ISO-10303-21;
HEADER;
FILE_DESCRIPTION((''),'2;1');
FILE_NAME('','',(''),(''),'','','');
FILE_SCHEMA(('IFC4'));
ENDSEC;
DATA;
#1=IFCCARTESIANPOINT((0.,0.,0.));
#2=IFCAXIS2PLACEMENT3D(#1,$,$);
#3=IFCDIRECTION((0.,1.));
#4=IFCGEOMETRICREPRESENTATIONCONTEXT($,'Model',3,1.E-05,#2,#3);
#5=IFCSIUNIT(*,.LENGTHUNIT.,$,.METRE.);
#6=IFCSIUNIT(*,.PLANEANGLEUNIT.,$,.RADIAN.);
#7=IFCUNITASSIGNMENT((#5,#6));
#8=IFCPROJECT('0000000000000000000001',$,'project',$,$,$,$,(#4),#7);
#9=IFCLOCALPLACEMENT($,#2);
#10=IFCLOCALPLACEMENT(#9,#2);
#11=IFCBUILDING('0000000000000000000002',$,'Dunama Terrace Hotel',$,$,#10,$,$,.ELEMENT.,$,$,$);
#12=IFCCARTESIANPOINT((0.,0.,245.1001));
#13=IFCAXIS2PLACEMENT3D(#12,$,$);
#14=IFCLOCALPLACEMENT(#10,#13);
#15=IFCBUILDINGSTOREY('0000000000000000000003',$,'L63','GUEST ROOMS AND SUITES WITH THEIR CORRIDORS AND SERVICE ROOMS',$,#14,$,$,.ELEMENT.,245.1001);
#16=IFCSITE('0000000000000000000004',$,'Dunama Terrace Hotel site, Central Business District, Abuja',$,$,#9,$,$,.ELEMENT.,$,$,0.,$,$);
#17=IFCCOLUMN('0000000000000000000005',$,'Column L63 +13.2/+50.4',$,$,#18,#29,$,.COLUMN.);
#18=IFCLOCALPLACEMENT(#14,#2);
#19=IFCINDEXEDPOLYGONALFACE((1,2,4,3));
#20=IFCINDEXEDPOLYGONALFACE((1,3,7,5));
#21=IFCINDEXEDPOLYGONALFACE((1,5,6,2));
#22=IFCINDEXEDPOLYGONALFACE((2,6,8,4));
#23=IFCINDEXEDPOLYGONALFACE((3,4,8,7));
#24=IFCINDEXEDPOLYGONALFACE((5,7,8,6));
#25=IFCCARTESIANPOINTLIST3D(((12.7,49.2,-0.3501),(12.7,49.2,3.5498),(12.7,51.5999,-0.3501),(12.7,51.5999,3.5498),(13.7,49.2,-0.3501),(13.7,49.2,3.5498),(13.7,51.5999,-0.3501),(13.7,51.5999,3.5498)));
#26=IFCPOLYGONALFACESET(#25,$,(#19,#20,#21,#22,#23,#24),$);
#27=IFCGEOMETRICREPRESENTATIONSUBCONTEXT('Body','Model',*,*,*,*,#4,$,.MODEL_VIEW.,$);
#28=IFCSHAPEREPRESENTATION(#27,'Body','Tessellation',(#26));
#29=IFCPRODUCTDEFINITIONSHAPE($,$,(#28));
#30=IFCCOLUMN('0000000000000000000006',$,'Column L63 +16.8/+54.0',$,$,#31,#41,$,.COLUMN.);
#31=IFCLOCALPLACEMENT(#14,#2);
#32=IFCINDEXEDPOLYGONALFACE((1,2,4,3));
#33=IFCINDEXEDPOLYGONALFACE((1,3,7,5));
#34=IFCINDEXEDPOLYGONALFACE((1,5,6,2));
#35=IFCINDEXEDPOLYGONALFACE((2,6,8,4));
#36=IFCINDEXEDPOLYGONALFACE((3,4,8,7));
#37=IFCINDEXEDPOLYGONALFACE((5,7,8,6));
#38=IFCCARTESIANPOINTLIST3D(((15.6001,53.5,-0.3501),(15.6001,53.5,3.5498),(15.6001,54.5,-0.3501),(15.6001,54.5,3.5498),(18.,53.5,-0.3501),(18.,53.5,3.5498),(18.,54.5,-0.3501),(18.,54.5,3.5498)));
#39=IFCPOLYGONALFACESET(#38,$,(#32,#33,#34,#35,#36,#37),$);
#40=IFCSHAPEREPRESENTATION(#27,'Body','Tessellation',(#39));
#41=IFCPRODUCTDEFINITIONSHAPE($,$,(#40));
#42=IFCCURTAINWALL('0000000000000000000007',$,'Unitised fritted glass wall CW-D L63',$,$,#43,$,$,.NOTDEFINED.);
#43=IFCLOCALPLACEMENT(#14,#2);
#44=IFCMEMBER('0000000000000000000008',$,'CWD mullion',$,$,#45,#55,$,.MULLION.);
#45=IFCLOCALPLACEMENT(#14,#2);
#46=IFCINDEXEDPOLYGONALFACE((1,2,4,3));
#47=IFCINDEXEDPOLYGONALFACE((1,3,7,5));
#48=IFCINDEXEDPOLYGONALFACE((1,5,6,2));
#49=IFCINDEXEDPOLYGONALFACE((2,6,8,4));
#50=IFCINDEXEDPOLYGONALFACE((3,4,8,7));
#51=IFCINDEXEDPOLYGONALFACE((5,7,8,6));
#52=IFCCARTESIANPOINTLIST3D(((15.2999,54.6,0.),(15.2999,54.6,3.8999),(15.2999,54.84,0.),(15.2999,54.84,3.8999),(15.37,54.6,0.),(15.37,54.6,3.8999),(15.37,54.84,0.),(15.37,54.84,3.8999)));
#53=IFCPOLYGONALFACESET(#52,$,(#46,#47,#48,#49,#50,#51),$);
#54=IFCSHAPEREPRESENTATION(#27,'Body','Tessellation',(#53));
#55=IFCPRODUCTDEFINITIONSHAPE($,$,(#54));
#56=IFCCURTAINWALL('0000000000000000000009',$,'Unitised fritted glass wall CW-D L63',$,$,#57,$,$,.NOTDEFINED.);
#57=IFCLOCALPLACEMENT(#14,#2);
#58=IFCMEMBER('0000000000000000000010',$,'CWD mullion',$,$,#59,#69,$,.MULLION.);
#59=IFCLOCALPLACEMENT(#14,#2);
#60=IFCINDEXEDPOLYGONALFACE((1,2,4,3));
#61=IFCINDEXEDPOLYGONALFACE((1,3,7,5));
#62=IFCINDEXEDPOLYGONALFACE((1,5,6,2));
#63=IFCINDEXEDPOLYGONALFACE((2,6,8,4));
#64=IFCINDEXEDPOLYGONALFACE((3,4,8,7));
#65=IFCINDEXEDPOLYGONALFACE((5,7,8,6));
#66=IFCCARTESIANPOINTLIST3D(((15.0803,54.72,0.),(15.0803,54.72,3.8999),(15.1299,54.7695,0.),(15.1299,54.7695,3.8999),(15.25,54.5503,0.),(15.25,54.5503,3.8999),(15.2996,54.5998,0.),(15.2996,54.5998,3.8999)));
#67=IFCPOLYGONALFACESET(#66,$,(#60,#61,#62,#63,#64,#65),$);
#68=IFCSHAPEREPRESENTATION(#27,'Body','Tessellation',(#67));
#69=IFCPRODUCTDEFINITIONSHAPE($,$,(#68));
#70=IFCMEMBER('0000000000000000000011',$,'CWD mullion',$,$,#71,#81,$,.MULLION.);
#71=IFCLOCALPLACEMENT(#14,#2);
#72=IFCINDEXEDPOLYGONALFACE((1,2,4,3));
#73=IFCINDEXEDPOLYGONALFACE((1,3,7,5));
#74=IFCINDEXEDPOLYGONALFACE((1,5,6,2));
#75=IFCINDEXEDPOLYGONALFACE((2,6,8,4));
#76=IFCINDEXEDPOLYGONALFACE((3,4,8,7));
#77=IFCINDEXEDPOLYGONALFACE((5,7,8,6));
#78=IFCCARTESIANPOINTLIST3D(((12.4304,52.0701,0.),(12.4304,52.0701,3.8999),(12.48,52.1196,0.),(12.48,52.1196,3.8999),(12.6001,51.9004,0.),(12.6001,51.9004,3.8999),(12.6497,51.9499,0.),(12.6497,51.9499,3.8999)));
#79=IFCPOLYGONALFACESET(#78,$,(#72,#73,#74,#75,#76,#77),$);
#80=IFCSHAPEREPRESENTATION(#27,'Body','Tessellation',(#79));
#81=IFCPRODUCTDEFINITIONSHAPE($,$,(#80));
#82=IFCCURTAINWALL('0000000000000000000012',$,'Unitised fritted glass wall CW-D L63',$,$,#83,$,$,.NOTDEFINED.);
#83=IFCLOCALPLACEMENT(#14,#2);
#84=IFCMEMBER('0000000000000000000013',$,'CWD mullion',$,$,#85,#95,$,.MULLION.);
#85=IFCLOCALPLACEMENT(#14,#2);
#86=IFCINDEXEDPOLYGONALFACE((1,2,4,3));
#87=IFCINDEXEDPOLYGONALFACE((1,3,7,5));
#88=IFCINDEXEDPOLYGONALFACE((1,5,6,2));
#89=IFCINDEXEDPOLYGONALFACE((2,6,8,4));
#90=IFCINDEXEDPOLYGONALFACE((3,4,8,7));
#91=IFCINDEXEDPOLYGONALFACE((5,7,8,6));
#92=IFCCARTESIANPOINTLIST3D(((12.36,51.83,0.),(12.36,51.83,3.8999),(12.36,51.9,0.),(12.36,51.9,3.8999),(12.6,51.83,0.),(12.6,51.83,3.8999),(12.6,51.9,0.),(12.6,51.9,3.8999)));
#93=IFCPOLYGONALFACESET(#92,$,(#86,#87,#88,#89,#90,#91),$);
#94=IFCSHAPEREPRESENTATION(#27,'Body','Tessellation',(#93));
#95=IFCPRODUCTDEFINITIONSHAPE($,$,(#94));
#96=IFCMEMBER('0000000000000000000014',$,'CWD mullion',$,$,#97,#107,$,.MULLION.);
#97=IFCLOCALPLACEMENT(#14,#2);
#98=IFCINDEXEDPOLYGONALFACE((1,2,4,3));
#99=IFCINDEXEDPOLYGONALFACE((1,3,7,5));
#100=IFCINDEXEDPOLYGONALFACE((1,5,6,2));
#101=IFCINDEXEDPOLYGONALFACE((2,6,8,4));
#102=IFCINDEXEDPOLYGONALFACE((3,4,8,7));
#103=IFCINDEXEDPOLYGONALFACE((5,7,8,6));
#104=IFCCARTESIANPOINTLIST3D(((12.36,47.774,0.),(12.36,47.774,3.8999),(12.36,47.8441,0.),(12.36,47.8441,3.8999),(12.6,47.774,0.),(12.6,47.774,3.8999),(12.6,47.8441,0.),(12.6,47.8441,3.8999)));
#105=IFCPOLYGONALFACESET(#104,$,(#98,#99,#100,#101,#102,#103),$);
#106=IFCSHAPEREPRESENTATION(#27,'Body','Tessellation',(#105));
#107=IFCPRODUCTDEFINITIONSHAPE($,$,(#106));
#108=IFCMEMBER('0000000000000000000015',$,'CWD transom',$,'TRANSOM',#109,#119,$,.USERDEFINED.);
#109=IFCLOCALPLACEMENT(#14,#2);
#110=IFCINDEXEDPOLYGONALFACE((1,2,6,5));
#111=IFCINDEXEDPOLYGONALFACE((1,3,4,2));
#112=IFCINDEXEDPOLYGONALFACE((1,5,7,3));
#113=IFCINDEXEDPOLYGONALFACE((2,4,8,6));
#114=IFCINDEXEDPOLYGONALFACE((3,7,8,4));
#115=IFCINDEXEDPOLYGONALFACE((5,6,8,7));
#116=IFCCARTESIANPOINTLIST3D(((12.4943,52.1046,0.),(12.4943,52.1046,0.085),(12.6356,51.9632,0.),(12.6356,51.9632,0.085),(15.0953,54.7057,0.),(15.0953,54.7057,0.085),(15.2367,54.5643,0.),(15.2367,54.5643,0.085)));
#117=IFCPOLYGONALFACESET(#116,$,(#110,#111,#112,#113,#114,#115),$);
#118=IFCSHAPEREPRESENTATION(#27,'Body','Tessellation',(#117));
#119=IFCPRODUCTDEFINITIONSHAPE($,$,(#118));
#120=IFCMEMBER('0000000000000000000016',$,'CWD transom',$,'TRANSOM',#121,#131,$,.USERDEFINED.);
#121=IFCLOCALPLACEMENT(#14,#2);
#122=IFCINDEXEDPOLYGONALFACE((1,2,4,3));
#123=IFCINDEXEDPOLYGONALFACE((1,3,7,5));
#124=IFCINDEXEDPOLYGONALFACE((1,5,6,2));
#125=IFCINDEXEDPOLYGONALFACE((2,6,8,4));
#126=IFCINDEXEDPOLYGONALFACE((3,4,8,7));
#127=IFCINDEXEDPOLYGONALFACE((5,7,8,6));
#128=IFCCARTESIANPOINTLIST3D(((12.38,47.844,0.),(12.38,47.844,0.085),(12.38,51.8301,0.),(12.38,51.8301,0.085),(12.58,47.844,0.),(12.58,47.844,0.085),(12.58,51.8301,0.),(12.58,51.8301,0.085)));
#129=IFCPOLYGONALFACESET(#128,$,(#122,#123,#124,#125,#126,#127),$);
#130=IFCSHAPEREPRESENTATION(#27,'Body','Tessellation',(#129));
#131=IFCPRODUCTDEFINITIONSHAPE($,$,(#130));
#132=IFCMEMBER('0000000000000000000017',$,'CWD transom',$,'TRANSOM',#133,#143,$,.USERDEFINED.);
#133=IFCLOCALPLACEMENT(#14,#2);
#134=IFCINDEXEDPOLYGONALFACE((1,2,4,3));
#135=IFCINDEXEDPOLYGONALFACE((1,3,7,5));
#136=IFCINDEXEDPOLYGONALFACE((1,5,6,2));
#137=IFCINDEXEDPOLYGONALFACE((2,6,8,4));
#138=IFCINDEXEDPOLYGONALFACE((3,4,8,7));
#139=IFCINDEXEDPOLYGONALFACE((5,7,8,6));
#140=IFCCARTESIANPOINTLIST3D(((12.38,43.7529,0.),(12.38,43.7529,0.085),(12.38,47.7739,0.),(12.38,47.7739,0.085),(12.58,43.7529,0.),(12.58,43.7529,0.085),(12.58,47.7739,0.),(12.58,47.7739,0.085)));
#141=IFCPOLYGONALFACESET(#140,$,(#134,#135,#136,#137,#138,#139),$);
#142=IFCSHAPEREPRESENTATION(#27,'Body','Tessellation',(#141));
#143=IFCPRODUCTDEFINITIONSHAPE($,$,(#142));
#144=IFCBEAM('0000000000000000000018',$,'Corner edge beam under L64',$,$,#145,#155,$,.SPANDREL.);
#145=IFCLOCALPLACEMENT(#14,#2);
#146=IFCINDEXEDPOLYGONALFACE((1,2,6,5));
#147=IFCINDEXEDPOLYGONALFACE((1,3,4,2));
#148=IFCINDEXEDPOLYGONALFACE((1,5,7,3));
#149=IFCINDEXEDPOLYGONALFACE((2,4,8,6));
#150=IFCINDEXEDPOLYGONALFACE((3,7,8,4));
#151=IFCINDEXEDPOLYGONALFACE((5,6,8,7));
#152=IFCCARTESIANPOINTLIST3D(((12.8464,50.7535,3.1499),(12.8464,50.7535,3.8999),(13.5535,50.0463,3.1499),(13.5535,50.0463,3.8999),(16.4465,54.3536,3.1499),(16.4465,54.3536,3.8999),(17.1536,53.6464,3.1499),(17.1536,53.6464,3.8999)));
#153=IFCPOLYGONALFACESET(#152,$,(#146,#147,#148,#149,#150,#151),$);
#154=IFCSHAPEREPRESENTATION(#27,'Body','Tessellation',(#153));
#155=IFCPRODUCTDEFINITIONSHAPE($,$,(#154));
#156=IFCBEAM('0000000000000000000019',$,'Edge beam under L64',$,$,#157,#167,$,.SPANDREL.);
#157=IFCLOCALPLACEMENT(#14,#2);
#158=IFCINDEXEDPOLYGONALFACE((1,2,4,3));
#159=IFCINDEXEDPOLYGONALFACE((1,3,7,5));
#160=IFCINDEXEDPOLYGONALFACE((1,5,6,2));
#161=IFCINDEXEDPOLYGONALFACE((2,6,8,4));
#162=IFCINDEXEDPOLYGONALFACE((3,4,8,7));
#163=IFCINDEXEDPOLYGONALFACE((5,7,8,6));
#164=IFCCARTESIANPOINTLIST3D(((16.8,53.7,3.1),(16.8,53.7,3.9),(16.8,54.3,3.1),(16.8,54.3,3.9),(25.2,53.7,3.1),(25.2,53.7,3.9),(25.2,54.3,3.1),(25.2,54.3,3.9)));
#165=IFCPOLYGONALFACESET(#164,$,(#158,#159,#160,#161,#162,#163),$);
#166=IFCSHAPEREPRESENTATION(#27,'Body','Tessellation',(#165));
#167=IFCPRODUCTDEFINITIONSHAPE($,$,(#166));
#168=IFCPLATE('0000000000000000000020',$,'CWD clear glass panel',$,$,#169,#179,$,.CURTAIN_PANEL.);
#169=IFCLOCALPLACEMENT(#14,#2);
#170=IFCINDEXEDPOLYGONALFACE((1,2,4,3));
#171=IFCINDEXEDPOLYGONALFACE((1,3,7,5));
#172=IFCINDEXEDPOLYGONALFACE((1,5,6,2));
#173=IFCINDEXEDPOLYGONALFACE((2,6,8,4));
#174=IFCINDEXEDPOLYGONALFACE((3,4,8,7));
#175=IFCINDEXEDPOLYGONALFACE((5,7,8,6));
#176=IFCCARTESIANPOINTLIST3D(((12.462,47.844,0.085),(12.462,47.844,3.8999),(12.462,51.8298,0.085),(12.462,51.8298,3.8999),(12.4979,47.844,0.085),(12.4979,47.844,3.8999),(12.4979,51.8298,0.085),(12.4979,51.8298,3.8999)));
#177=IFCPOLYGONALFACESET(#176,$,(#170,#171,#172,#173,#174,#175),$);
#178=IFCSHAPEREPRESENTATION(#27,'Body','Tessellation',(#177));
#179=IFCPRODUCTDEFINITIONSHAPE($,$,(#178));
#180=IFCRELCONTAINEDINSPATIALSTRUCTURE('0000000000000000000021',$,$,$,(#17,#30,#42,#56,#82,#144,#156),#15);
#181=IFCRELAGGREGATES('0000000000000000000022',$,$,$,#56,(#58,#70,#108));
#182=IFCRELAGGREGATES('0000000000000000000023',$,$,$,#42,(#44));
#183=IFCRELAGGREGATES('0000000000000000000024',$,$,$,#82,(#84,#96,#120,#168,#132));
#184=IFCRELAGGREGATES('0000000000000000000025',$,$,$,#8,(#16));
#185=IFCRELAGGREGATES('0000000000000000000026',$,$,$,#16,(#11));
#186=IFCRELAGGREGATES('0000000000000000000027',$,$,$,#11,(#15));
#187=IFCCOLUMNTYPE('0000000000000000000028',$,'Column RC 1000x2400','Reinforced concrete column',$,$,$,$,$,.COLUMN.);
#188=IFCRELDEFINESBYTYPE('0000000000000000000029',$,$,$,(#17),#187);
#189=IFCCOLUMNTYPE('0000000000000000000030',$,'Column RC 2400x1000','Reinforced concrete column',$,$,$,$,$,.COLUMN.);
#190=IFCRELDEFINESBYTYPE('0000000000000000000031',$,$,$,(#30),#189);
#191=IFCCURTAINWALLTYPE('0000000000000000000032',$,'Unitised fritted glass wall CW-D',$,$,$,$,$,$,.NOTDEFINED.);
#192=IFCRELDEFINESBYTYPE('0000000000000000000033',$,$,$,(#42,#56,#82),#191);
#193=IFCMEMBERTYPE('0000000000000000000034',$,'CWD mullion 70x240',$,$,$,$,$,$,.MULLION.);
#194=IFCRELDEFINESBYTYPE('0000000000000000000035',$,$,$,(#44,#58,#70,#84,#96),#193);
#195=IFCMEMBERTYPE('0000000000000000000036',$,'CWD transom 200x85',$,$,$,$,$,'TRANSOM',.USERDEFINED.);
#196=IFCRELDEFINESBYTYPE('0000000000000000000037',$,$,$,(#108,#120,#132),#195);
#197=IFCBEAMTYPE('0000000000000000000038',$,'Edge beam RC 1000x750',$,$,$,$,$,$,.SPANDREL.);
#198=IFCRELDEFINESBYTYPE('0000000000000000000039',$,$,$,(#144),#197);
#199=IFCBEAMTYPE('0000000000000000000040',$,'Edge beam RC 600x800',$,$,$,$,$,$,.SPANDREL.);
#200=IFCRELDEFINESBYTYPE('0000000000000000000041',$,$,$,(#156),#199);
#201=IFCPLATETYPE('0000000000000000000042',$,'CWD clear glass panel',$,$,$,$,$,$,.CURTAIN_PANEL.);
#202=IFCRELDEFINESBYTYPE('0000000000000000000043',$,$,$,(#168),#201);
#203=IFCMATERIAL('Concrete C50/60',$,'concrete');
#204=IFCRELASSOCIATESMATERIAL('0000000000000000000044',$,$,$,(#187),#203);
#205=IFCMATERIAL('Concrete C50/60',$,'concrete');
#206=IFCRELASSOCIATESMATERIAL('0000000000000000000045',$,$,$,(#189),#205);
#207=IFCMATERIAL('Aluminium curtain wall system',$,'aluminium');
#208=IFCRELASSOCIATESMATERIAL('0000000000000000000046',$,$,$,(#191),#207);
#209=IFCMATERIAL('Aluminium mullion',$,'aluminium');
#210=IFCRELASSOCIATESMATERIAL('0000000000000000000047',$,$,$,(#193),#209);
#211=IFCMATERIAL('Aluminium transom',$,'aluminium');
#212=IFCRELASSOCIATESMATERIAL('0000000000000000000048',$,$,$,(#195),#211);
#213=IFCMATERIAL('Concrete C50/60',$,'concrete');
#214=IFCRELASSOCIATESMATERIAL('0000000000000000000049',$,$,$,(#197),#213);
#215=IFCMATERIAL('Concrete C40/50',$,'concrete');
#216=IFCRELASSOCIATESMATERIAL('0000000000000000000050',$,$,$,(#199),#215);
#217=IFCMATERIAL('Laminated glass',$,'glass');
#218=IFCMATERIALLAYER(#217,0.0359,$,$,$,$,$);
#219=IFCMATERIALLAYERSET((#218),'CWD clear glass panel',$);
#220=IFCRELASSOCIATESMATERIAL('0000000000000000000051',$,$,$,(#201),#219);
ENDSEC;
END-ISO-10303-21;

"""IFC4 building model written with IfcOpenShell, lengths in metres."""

from ifc_helpers import new_model, si_unit, direction, frame, origin, origin_2d, place, context, subcontext, project, spatial, rectangle, extrude, material, layer, layer_set, material_profile, profile_set, type_object, element, aggregate, save


model = new_model("IFC4")

# Units and contexts
model_context = context("Model", 3, precision=1e-05, world=origin(), true_north=direction((0.0, 1.0)))
body_context = subcontext(model_context, "Body", "Model", "MODEL_VIEW")
ifc_project = project(units=[si_unit("LENGTHUNIT", "METRE"), si_unit("PLANEANGLEUNIT", "RADIAN")], contexts=[model_context])

# Site, building, storey
site_placement = place(None, origin())
site = spatial("IfcSite", under=ifc_project, at=site_placement, Name="Dunama Terrace Hotel site, Central Business District, Abuja", CompositionType="ELEMENT", RefElevation=0.0)
building_placement = place(site_placement, origin())
building = spatial("IfcBuilding", under=site, at=building_placement, Name="Dunama Terrace Hotel", CompositionType="ELEMENT")
storey_placement = place(building_placement, frame((0.0, 0.0, 245.1001)))
storey = spatial("IfcBuildingStorey", under=building, at=storey_placement, Name="L63", Description="GUEST ROOMS AND SUITES WITH THEIR CORRIDORS AND SERVICE ROOMS", CompositionType="ELEMENT", Elevation=245.1001)

# Columns
ifc_material_1 = material(Name="Concrete C50/60", Category="concrete")
ifc_material_profile_1 = material_profile(ifc_material_1, rectangle(XDim=1.0, YDim=2.3999, at=origin_2d()), Name="RC 1000x2400")
ifc_profile_set_1 = profile_set([ifc_material_profile_1], Name="Concrete C50/60")
column_type_1 = type_object("IfcColumnType", Name="Column RC 1000x2400", Description="Reinforced concrete column", PredefinedType="COLUMN", material=ifc_profile_set_1)
column_1_placement = place(storey_placement, frame((13.2, 50.3999, -0.3501), z_axis=(0.0, 0.0, 1.0), x_axis=(1.0, 0.0, 0.0)))
element("IfcColumn", 1, at=column_1_placement, inside=storey, type_object=column_type_1, Name="Column L63 +13.2/+50.4", PredefinedType="COLUMN", context=body_context, shape_type="SweptSolid", body=[
    extrude(rectangle(XDim=1.0, YDim=2.3999, at=origin_2d()), origin(), (0.0, 0.0, 1.0), 3.8999),
])
ifc_material_2 = material(Name="Concrete C50/60", Category="concrete")
ifc_material_profile_2 = material_profile(ifc_material_2, rectangle(XDim=2.3999, YDim=1.0, at=origin_2d()), Name="RC 2400x1000")
ifc_profile_set_2 = profile_set([ifc_material_profile_2], Name="Concrete C50/60")
column_type_2 = type_object("IfcColumnType", Name="Column RC 2400x1000", Description="Reinforced concrete column", PredefinedType="COLUMN", material=ifc_profile_set_2)
column_2_placement = place(storey_placement, frame((16.8, 54.0, -0.3501), z_axis=(0.0, 0.0, 1.0), x_axis=(1.0, 0.0, 0.0)))
element("IfcColumn", 2, at=column_2_placement, inside=storey, type_object=column_type_2, Name="Column L63 +16.8/+54.0", PredefinedType="COLUMN", context=body_context, shape_type="SweptSolid", body=[
    extrude(rectangle(XDim=2.3999, YDim=1.0, at=origin_2d()), origin(), (0.0, 0.0, 1.0), 3.8999),
])

# Curtain wall, member
ifc_material_3 = material(Name="Aluminium curtain wall system", Category="aluminium")
curtain_wall_type = type_object("IfcCurtainWallType", Name="Unitised fritted glass wall CW-D", PredefinedType="NOTDEFINED", material=ifc_material_3)
curtain_wall_1_placement = place(storey_placement, origin())
curtain_wall_1 = element("IfcCurtainWall", 3, at=curtain_wall_1_placement, inside=storey, type_object=curtain_wall_type, Name="Unitised fritted glass wall CW-D L63", PredefinedType="NOTDEFINED")
ifc_material_4 = material(Name="Aluminium mullion", Category="aluminium")
ifc_material_profile_3 = material_profile(ifc_material_4, rectangle(XDim=0.0701, YDim=0.24, at=origin_2d()), Name="CWD MULLION 70X240")
ifc_profile_set_3 = profile_set([ifc_material_profile_3], Name="Aluminium mullion")
member_type_1 = type_object("IfcMemberType", Name="CWD mullion 70x240", PredefinedType="MULLION", material=ifc_profile_set_3)
member_1_placement = place(storey_placement, frame((15.335, 54.72, 0.0), z_axis=(0.0, 0.0, 1.0), x_axis=(-1.0, 0.0, 0.0)))
member_1 = element("IfcMember", 4, at=member_1_placement, type_object=member_type_1, Name="CWD mullion", PredefinedType="MULLION", context=body_context, shape_type="SweptSolid", body=[
    extrude(rectangle(XDim=0.0701, YDim=0.24, at=origin_2d()), origin(), (0.0, 0.0, 1.0), 3.8999),
])

# Curtain walls, members
curtain_wall_2_placement = place(storey_placement, origin())
curtain_wall_2 = element("IfcCurtainWall", 5, at=curtain_wall_2_placement, inside=storey, type_object=curtain_wall_type, Name="Unitised fritted glass wall CW-D L63", PredefinedType="NOTDEFINED")
member_2_placement = place(storey_placement, frame((15.1899, 54.6599, 0.0), z_axis=(0.0, 0.0, 1.0), x_axis=(-0.707107, -0.707107, 0.0)))
member_2 = element("IfcMember", 6, at=member_2_placement, type_object=member_type_1, Name="CWD mullion", PredefinedType="MULLION", context=body_context, shape_type="SweptSolid", body=[
    extrude(rectangle(XDim=0.0701, YDim=0.24, at=origin_2d()), origin(), (0.0, 0.0, 1.0), 3.8999),
])
member_3_placement = place(storey_placement, frame((12.54, 52.01, 0.0), z_axis=(0.0, 0.0, 1.0), x_axis=(-0.707107, -0.707107, 0.0)))
member_3 = element("IfcMember", 7, at=member_3_placement, type_object=member_type_1, Name="CWD mullion", PredefinedType="MULLION", context=body_context, shape_type="SweptSolid", body=[
    extrude(rectangle(XDim=0.0701, YDim=0.24, at=origin_2d()), origin(), (0.0, 0.0, 1.0), 3.8999),
])
curtain_wall_3_placement = place(storey_placement, origin())
curtain_wall_3 = element("IfcCurtainWall", 8, at=curtain_wall_3_placement, inside=storey, type_object=curtain_wall_type, Name="Unitised fritted glass wall CW-D L63", PredefinedType="NOTDEFINED")
member_4_placement = place(storey_placement, frame((12.48, 51.865, 0.0), z_axis=(0.0, 0.0, 1.0), x_axis=(0.0, -1.0, 0.0)))
member_4 = element("IfcMember", 9, at=member_4_placement, type_object=member_type_1, Name="CWD mullion", PredefinedType="MULLION", context=body_context, shape_type="SweptSolid", body=[
    extrude(rectangle(XDim=0.0701, YDim=0.24, at=origin_2d()), origin(), (0.0, 0.0, 1.0), 3.8999),
])
member_5_placement = place(storey_placement, frame((12.48, 47.8091, 0.0), z_axis=(0.0, 0.0, 1.0), x_axis=(0.0, -1.0, 0.0)))
member_5 = element("IfcMember", 10, at=member_5_placement, type_object=member_type_1, Name="CWD mullion", PredefinedType="MULLION", context=body_context, shape_type="SweptSolid", body=[
    extrude(rectangle(XDim=0.0701, YDim=0.24, at=origin_2d()), origin(), (0.0, 0.0, 1.0), 3.8999),
])

# Members
ifc_material_5 = material(Name="Aluminium transom", Category="aluminium")
ifc_material_profile_4 = material_profile(ifc_material_5, rectangle(XDim=0.2, YDim=0.085, at=origin_2d()), Name="CWD TRANSOM 200X85")
ifc_profile_set_4 = profile_set([ifc_material_profile_4], Name="Aluminium transom")
member_type_2 = type_object("IfcMemberType", Name="CWD transom 200x85", ElementType="TRANSOM", PredefinedType="USERDEFINED", material=ifc_profile_set_4)
member_6_placement = place(storey_placement, frame((15.166, 54.635, 0.0425), z_axis=(-0.707107, -0.707107, 0.0), x_axis=(0.707107, -0.707107, 0.0)))
member_6 = element("IfcMember", 11, at=member_6_placement, type_object=member_type_2, Name="CWD transom", ObjectType="TRANSOM", PredefinedType="USERDEFINED", context=body_context, shape_type="SweptSolid", body=[
    extrude(rectangle(XDim=0.2, YDim=0.085, at=origin_2d()), origin(), (0.0, 0.0, 1.0), 3.6785),
])
member_7_placement = place(storey_placement, frame((12.48, 51.8301, 0.0425), z_axis=(0.0, -1.0, 0.0), x_axis=(1.0, 0.0, 0.0)))
member_7 = element("IfcMember", 12, at=member_7_placement, type_object=member_type_2, Name="CWD transom", ObjectType="TRANSOM", PredefinedType="USERDEFINED", context=body_context, shape_type="SweptSolid", body=[
    extrude(rectangle(XDim=0.2, YDim=0.085, at=origin_2d()), origin(), (0.0, 0.0, 1.0), 3.9861),
])
member_8_placement = place(storey_placement, frame((12.48, 47.7739, 0.0425), z_axis=(0.0, -1.0, 0.0), x_axis=(1.0, 0.0, 0.0)))
member_8 = element("IfcMember", 13, at=member_8_placement, type_object=member_type_2, Name="CWD transom", ObjectType="TRANSOM", PredefinedType="USERDEFINED", context=body_context, shape_type="SweptSolid", body=[
    extrude(rectangle(XDim=0.2, YDim=0.085, at=origin_2d()), origin(), (0.0, 0.0, 1.0), 4.021),
])

# Beams
ifc_material_6 = material(Name="Concrete C50/60", Category="concrete")
ifc_material_profile_5 = material_profile(ifc_material_6, rectangle(XDim=1.0, YDim=0.75, at=origin_2d()), Name="RC 1000x750")
ifc_profile_set_5 = profile_set([ifc_material_profile_5], Name="Concrete C50/60")
beam_type_1 = type_object("IfcBeamType", Name="Edge beam RC 1000x750", PredefinedType="SPANDREL", material=ifc_profile_set_5)
beam_1_placement = place(storey_placement, frame((16.8, 54.0, 3.5249), z_axis=(-0.707107, -0.707107, 0.0), x_axis=(0.707107, -0.707107, 0.0)))
element("IfcBeam", 14, at=beam_1_placement, inside=storey, type_object=beam_type_1, Name="Corner edge beam under L64", PredefinedType="SPANDREL", context=body_context, shape_type="SweptSolid", body=[
    extrude(rectangle(XDim=1.0, YDim=0.75, at=origin_2d()), origin(), (0.0, 0.0, 1.0), 5.0913),
])
ifc_material_7 = material(Name="Concrete C40/50", Category="concrete")
ifc_material_profile_6 = material_profile(ifc_material_7, rectangle(XDim=0.6001, YDim=0.8, at=origin_2d()), Name="RC 600x800")
ifc_profile_set_6 = profile_set([ifc_material_profile_6], Name="Concrete C40/50")
beam_type_2 = type_object("IfcBeamType", Name="Edge beam RC 600x800", PredefinedType="SPANDREL", material=ifc_profile_set_6)
beam_2_placement = place(storey_placement, frame((16.8, 54.0, 3.5), z_axis=(1.0, 0.0, 0.0), x_axis=(0.0, 1.0, 0.0)))
element("IfcBeam", 15, at=beam_2_placement, inside=storey, type_object=beam_type_2, Name="Edge beam under L64", PredefinedType="SPANDREL", context=body_context, shape_type="SweptSolid", body=[
    extrude(rectangle(XDim=0.6001, YDim=0.8, at=origin_2d()), origin(), (0.0, 0.0, 1.0), 8.3999),
])

# Plate
ifc_material_8 = material(Name="Laminated glass", Category="glass")
ifc_layer_1 = layer(ifc_material_8, 0.0359)
ifc_layer_set_1 = layer_set([ifc_layer_1], Name="CWD clear glass panel")
plate_type_1 = type_object("IfcPlateType", Name="CWD clear glass panel", PredefinedType="CURTAIN_PANEL", material=ifc_layer_set_1)
plate_1_placement = place(storey_placement, frame((12.48, 49.8369, 0.085), z_axis=(0.0, 0.0, 1.0), x_axis=(0.0, -1.0, 0.0)))
plate_1 = element("IfcPlate", 16, at=plate_1_placement, type_object=plate_type_1, Name="CWD clear glass panel", PredefinedType="CURTAIN_PANEL", context=body_context, shape_type="SweptSolid", body=[
    extrude(rectangle(XDim=3.9858, YDim=0.0359, at=origin_2d()), origin(), (0.0, 0.0, 1.0), 3.8149),
])
aggregate(curtain_wall_2, [member_2, member_3, member_6])
aggregate(curtain_wall_1, [member_1])
aggregate(curtain_wall_3, [member_4, member_5, member_7, plate_1, member_8])

save(model, "model.ifc")
